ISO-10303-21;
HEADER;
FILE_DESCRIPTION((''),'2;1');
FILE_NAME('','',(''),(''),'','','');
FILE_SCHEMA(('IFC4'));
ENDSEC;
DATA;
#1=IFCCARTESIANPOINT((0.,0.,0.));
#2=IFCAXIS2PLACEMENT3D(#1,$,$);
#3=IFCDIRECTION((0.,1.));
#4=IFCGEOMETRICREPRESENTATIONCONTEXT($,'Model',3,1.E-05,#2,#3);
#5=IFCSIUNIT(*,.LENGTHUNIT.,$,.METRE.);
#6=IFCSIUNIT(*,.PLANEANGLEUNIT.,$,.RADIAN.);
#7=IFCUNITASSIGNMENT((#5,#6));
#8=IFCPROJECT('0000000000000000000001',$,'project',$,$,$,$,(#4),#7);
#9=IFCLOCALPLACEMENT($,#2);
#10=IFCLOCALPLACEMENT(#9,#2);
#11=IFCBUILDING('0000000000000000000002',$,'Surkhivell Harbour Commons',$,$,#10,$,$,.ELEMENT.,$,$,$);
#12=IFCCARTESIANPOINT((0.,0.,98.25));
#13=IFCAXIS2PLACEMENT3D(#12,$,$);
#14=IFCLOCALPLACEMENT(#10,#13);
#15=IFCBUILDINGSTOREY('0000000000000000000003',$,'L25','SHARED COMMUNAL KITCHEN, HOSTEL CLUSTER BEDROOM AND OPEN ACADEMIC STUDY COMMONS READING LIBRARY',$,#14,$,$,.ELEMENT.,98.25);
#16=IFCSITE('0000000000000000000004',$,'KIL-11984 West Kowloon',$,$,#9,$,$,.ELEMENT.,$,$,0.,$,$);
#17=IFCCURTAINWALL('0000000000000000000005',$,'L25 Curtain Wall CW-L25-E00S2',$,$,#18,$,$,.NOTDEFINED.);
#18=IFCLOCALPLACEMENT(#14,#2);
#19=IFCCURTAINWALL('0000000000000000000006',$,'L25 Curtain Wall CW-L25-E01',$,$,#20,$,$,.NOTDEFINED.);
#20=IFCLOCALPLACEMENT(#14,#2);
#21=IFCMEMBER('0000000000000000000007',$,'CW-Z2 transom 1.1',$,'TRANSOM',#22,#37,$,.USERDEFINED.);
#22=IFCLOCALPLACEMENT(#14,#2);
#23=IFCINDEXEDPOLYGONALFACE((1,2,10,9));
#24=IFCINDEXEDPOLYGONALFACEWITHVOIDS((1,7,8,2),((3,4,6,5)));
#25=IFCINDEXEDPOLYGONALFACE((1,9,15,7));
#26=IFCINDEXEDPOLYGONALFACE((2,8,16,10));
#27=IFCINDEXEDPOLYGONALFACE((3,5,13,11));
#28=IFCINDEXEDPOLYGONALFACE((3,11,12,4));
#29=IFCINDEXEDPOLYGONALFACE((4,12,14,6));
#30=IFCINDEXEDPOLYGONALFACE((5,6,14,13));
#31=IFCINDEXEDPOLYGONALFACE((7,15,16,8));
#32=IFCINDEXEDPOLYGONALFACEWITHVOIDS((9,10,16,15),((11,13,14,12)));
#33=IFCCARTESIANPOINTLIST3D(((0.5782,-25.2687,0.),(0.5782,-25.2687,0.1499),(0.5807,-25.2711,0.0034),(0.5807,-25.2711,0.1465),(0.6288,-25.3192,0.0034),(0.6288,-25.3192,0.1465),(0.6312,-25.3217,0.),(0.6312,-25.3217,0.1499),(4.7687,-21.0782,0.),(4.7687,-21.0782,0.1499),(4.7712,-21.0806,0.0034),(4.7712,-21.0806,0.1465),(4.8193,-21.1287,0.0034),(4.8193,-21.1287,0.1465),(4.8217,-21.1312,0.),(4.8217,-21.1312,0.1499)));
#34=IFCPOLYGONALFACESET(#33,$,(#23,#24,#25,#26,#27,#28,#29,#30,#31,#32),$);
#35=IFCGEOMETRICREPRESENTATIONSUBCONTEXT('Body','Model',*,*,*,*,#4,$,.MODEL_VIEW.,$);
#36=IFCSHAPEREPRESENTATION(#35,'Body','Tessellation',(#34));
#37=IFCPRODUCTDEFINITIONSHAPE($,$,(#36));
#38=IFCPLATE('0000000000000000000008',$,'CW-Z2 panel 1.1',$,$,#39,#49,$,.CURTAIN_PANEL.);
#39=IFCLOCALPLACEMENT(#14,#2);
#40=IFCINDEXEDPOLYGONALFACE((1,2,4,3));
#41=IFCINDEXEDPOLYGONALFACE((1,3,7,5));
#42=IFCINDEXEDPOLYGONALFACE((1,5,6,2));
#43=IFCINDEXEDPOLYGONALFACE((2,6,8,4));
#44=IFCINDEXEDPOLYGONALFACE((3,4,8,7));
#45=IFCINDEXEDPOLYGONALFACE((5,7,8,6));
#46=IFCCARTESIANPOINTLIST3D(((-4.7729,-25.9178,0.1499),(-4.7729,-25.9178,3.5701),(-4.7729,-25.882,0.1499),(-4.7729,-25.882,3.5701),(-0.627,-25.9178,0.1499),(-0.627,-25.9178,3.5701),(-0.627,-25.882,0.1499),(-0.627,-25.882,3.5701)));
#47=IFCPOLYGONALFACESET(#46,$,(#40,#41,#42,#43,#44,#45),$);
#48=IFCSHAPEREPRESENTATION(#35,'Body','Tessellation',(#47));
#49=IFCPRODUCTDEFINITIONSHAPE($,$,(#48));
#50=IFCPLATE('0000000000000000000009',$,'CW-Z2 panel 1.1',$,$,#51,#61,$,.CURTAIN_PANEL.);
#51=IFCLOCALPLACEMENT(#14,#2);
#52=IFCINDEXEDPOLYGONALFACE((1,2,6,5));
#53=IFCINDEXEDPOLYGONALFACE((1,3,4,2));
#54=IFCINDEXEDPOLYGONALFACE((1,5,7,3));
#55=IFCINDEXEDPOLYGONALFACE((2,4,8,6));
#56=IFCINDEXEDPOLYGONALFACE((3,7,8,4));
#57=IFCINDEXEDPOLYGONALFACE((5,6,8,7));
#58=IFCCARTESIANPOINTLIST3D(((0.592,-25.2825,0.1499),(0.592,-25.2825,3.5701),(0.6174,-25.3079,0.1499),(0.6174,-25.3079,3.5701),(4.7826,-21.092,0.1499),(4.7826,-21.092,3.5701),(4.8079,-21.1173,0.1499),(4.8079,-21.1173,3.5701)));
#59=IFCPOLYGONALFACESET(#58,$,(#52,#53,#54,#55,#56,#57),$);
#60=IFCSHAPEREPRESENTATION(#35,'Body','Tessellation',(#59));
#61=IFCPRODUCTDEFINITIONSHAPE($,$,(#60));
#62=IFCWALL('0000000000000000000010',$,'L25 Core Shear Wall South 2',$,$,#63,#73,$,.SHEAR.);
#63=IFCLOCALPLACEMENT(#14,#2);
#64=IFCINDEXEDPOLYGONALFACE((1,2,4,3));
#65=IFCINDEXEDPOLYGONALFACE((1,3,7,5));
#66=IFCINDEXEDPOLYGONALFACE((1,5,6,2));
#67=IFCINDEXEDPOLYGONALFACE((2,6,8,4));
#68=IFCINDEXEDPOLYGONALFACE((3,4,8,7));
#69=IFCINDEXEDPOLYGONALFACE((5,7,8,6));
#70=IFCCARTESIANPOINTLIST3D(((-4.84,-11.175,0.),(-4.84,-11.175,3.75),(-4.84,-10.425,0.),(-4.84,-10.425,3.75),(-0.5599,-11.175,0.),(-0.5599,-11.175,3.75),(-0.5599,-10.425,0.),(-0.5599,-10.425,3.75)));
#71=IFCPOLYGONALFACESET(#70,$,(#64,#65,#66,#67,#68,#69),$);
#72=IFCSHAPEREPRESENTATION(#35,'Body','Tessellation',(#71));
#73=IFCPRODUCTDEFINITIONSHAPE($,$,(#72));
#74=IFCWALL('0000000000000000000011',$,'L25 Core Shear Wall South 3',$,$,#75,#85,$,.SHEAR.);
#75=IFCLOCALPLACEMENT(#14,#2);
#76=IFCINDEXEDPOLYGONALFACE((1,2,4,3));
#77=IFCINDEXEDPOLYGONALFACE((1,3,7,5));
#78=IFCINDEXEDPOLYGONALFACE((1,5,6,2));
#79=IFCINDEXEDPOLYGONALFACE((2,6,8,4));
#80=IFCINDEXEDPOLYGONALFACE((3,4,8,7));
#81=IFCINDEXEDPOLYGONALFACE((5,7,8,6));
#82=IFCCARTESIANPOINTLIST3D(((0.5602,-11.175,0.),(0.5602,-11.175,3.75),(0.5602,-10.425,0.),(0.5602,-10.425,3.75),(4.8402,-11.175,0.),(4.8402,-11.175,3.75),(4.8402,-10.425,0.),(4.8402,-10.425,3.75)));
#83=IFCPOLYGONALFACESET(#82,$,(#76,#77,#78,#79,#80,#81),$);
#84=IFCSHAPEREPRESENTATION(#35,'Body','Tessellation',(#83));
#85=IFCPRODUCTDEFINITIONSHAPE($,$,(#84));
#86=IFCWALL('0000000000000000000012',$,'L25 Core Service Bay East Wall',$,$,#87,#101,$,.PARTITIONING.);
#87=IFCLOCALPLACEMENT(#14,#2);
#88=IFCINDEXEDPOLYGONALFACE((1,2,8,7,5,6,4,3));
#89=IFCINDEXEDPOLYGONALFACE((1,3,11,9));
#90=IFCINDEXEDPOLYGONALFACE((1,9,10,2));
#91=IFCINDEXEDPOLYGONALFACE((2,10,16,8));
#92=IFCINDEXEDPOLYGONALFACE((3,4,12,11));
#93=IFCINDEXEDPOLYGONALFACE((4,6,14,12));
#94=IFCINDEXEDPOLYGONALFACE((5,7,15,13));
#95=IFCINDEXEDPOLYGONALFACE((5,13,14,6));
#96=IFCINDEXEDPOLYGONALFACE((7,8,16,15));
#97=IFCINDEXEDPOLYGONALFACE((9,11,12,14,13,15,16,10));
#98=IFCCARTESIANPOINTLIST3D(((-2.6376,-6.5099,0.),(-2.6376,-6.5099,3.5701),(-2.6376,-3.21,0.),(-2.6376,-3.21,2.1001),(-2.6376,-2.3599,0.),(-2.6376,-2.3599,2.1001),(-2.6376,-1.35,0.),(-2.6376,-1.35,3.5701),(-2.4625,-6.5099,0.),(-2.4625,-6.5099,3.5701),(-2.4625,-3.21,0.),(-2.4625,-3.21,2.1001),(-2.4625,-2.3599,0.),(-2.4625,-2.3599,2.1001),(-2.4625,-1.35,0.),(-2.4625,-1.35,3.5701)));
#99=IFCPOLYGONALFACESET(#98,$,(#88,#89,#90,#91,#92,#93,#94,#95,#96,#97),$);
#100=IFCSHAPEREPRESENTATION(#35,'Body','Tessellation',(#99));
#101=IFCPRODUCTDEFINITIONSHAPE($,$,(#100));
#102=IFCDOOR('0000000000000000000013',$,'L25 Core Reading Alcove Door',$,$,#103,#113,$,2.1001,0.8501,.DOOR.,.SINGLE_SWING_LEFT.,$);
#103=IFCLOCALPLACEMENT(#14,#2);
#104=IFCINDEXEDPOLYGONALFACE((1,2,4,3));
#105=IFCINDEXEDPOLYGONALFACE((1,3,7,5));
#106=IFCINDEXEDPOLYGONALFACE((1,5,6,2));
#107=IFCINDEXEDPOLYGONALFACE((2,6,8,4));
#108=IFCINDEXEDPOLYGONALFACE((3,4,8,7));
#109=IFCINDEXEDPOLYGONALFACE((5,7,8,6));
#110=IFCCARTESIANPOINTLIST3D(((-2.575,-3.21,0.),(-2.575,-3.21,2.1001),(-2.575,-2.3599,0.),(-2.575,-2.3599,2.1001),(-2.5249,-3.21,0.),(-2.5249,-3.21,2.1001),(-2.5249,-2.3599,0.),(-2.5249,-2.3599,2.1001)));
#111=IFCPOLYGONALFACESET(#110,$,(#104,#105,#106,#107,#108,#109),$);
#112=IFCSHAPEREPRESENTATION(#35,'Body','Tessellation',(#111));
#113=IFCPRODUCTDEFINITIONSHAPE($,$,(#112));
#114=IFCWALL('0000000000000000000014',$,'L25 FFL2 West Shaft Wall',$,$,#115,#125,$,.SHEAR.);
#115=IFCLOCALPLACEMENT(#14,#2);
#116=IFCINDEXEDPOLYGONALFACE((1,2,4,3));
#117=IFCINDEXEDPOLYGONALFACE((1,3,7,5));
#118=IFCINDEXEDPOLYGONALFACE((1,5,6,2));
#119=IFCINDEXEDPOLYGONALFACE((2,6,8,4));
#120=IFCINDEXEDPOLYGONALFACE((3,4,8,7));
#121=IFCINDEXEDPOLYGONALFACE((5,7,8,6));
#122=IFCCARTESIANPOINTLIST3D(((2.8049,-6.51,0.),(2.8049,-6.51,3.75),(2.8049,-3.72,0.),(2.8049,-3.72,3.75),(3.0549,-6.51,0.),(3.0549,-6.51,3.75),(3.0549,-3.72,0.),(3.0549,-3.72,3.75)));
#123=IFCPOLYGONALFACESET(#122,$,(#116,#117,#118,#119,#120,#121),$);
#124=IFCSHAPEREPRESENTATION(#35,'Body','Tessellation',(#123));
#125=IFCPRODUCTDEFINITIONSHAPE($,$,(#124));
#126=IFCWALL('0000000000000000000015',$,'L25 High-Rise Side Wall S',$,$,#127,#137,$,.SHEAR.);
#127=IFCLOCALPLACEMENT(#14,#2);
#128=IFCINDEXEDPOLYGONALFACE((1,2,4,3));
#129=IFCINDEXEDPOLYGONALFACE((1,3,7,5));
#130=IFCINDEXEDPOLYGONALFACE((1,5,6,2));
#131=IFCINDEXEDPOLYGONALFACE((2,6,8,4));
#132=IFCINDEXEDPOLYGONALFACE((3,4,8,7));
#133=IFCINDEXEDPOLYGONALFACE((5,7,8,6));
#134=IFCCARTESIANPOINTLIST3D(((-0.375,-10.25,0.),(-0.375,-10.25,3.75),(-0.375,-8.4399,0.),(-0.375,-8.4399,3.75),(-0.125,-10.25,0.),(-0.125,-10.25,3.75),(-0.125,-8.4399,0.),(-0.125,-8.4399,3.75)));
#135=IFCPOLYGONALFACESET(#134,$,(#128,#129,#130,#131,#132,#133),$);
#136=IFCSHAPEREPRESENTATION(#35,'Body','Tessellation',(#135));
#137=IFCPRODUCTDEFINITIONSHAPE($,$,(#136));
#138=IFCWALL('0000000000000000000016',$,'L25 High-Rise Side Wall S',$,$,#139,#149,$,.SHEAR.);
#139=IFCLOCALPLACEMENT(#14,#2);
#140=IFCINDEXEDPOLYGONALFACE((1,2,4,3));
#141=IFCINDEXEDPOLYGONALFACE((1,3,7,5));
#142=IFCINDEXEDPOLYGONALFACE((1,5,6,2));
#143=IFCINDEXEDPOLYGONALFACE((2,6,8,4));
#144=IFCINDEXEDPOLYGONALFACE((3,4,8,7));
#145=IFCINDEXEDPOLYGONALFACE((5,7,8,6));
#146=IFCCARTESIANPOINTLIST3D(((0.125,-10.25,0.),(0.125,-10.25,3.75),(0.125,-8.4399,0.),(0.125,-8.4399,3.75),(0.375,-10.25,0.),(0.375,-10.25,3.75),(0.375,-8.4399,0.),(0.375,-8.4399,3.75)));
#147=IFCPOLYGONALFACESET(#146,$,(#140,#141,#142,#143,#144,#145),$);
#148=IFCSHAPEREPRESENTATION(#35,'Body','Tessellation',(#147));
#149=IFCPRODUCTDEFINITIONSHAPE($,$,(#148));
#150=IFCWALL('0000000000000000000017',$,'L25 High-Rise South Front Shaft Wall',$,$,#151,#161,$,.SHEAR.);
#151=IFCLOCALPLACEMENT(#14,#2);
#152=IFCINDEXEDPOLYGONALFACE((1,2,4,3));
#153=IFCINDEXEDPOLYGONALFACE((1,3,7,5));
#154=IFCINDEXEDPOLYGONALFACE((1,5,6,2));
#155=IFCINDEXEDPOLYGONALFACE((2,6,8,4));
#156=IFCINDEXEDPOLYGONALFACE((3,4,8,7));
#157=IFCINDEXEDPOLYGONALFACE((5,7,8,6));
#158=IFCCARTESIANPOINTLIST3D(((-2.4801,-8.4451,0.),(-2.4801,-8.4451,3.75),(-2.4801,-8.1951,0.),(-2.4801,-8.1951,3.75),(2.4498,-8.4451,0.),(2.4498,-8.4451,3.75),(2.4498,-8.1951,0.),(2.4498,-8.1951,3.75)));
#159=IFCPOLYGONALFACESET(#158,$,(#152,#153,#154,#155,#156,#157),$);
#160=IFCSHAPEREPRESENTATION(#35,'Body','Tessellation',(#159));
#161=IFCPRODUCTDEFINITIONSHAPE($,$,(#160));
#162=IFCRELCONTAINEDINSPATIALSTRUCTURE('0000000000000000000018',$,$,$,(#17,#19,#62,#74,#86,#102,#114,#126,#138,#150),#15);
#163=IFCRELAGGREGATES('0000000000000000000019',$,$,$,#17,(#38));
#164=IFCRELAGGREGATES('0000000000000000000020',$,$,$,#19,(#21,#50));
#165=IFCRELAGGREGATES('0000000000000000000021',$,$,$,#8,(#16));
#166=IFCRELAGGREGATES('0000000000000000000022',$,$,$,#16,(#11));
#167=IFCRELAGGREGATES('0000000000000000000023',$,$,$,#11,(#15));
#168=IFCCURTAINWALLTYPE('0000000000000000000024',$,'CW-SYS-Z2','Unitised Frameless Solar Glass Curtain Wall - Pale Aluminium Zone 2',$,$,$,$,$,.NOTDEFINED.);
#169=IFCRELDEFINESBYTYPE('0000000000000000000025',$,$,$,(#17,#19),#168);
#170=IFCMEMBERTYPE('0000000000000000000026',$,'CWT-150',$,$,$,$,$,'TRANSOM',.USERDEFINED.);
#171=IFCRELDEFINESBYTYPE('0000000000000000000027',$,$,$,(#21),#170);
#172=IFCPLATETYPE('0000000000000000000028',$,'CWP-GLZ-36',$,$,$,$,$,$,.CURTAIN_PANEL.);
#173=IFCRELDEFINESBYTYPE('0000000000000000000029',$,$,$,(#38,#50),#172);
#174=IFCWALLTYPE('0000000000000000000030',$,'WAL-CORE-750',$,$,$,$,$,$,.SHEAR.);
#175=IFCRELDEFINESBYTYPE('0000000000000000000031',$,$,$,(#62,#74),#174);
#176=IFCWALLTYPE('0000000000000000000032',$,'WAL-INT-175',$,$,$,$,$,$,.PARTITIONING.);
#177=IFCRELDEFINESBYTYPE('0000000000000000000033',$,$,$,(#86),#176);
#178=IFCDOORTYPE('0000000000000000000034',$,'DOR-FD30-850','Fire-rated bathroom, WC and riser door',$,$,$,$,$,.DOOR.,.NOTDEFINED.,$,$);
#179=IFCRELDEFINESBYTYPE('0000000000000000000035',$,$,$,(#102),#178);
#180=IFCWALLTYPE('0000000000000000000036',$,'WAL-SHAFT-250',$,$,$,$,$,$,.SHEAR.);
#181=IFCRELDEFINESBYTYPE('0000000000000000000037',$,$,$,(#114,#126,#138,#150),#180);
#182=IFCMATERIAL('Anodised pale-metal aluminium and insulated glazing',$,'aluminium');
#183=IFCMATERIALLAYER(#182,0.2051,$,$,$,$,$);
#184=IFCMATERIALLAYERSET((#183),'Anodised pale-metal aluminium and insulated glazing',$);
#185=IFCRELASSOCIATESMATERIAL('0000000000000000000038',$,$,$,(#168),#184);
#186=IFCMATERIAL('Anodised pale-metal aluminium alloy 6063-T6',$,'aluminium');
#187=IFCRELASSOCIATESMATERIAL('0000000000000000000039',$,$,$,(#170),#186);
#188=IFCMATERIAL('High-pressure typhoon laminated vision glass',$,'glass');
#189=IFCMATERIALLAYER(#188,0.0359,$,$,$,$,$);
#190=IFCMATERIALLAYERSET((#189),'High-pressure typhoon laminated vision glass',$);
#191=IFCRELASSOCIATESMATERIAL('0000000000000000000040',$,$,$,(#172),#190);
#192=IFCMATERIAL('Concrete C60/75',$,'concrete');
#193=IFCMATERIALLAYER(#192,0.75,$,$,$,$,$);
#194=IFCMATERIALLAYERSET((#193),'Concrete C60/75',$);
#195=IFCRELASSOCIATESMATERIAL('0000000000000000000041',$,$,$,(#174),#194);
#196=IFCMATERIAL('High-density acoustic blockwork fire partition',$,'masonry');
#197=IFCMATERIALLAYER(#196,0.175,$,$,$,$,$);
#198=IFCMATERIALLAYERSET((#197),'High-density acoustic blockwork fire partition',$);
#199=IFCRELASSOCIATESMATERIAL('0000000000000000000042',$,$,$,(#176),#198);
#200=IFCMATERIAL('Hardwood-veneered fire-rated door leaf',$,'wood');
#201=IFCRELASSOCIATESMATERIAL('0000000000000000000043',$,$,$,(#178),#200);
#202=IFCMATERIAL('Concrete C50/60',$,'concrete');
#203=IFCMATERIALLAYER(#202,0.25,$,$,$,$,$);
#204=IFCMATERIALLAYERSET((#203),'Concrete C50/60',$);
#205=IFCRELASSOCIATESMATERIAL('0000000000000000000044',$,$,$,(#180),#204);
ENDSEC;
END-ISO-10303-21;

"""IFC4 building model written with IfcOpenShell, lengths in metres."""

from ifc_helpers import new_model, si_unit, direction, frame, frame_2d, origin, origin_2d, place, context, subcontext, project, spatial, rectangle, hollow_rectangle, extrude, material, layer, layer_set, material_profile, profile_set, type_object, element, fill, aggregate, save


model = new_model("IFC4")

# Units and contexts
model_context = context("Model", 3, precision=1e-05, world=origin(), true_north=direction((0.0, 1.0)))
body_context = subcontext(model_context, "Body", "Model", "MODEL_VIEW")
ifc_project = project(units=[si_unit("LENGTHUNIT", "METRE"), si_unit("PLANEANGLEUNIT", "RADIAN")], contexts=[model_context])

# Site, building, storey
site_placement = place(None, origin())
site = spatial("IfcSite", under=ifc_project, at=site_placement, Name="KIL-11984 West Kowloon", CompositionType="ELEMENT", RefElevation=0.0)
building_placement = place(site_placement, origin())
building = spatial("IfcBuilding", under=site, at=building_placement, Name="Surkhivell Harbour Commons", CompositionType="ELEMENT")
storey_placement = place(building_placement, frame((0.0, 0.0, 98.25)))
storey = spatial("IfcBuildingStorey", under=building, at=storey_placement, Name="L25", Description="SHARED COMMUNAL KITCHEN, HOSTEL CLUSTER BEDROOM AND OPEN ACADEMIC STUDY COMMONS READING LIBRARY", CompositionType="ELEMENT", Elevation=98.25)

# Shared definitions
ifc_material_1 = material(Name="Concrete C60/75", Category="concrete")

# Curtain wall
ifc_material_2 = material(Name="Anodised pale-metal aluminium and insulated glazing", Category="aluminium")
ifc_layer_1 = layer(ifc_material_2, 0.2051)
ifc_layer_set_1 = layer_set([ifc_layer_1], Name="Anodised pale-metal aluminium and insulated glazing")
curtain_wall_type = type_object("IfcCurtainWallType", Name="CW-SYS-Z2", Description="Unitised Frameless Solar Glass Curtain Wall - Pale Aluminium Zone 2", PredefinedType="NOTDEFINED", material=ifc_layer_set_1)
curtain_wall_1_placement = place(storey_placement, origin())
curtain_wall_1 = element("IfcCurtainWall", 1, at=curtain_wall_1_placement, inside=storey, type_object=curtain_wall_type, Name="L25 Curtain Wall CW-L25-E00S2", PredefinedType="NOTDEFINED")
ifc_material_3 = material(Name="Anodised pale-metal aluminium alloy 6063-T6", Category="aluminium")

# Curtain wall
curtain_wall_2_placement = place(storey_placement, origin())
curtain_wall_2 = element("IfcCurtainWall", 2, at=curtain_wall_2_placement, inside=storey, type_object=curtain_wall_type, Name="L25 Curtain Wall CW-L25-E01", PredefinedType="NOTDEFINED")

# Member
ifc_material_profile_1 = material_profile(ifc_material_3, hollow_rectangle(XDim=0.075, YDim=0.1499, WallThickness=0.0034, at=origin_2d()), Name="ALU-TRAN-75x150")
ifc_profile_set_1 = profile_set([ifc_material_profile_1], Name="Anodised pale-metal aluminium alloy 6063-T6")
member_type_1 = type_object("IfcMemberType", Name="CWT-150", ElementType="TRANSOM", PredefinedType="USERDEFINED", material=ifc_profile_set_1)
member_1_placement = place(storey_placement, frame((0.6047, -25.2952, 0.075), z_axis=(0.707107, 0.707107, 0.0), x_axis=(-0.707107, 0.707107, 0.0)))
member_1 = element("IfcMember", 3, at=member_1_placement, type_object=member_type_1, Name="CW-Z2 transom 1.1", ObjectType="TRANSOM", PredefinedType="USERDEFINED", context=body_context, shape_type="SweptSolid", body=[
    extrude(hollow_rectangle(XDim=0.075, YDim=0.1499, WallThickness=0.0034, at=origin_2d()), origin(), (0.0, 0.0, 1.0), 5.9263),
])

# Plates
ifc_material_4 = material(Name="High-pressure typhoon laminated vision glass", Category="glass")
ifc_layer_2 = layer(ifc_material_4, 0.0359)
ifc_layer_set_2 = layer_set([ifc_layer_2], Name="High-pressure typhoon laminated vision glass")
plate_type = type_object("IfcPlateType", Name="CWP-GLZ-36", PredefinedType="CURTAIN_PANEL", material=ifc_layer_set_2)
plate_1_placement = place(storey_placement, frame((-4.7729, -25.8999, 0.1499), z_axis=(0.0, 0.0, 1.0), x_axis=(1.0, 0.0, 0.0)))
plate_1 = element("IfcPlate", 4, at=plate_1_placement, type_object=plate_type, Name="CW-Z2 panel 1.1", PredefinedType="CURTAIN_PANEL", context=body_context, shape_type="SweptSolid", body=[
    extrude(rectangle(XDim=4.146, YDim=0.0359, at=frame_2d((2.073, 0.0))), origin(), (0.0, 0.0, 1.0), 3.4202),
])
aggregate(curtain_wall_1, [plate_1])
plate_2_placement = place(storey_placement, frame((0.6047, -25.2952, 0.1499), z_axis=(0.0, 0.0, 1.0), x_axis=(0.707107, 0.707107, 0.0)))
plate_2 = element("IfcPlate", 5, at=plate_2_placement, type_object=plate_type, Name="CW-Z2 panel 1.1", PredefinedType="CURTAIN_PANEL", context=body_context, shape_type="SweptSolid", body=[
    extrude(rectangle(XDim=5.9263, YDim=0.0359, at=frame_2d((2.9631, 0.0))), origin(), (0.0, 0.0, 1.0), 3.4202),
])
aggregate(curtain_wall_2, [member_1, plate_2])

# Walls
ifc_layer_3 = layer(ifc_material_1, 0.75)
ifc_layer_set_3 = layer_set([ifc_layer_3], Name="Concrete C60/75")
wall_type_1 = type_object("IfcWallType", Name="WAL-CORE-750", PredefinedType="SHEAR", material=ifc_layer_set_3)
for number, where, z_axis, x_axis, name in (
    (6, (-4.8401, -10.8, 0.0), (0.0, 0.0, 1.0), (1.0, 0.0, 0.0), "L25 Core Shear Wall South 2"),
    (7, (0.5601, -10.8, 0.0), (0.0, 0.0, 1.0), (1.0, 0.0, 0.0), "L25 Core Shear Wall South 3"),
):
    element("IfcWall", number, at=place(storey_placement, frame(where, z_axis=z_axis, x_axis=x_axis)), inside=storey, type_object=wall_type_1, Name=name, PredefinedType="SHEAR", context=body_context, shape_type="SweptSolid", body=[
        extrude(rectangle(XDim=4.28, YDim=0.75, at=frame_2d((2.1401, 0.0))), origin(), (0.0, 0.0, 1.0), 3.75),
    ])

# Wall, opening, door
ifc_material_5 = material(Name="High-density acoustic blockwork fire partition", Category="masonry")
ifc_layer_4 = layer(ifc_material_5, 0.175)
ifc_layer_set_4 = layer_set([ifc_layer_4], Name="High-density acoustic blockwork fire partition")
wall_type_2 = type_object("IfcWallType", Name="WAL-INT-175", PredefinedType="PARTITIONING", material=ifc_layer_set_4)
wall_1_placement = place(storey_placement, frame((-2.55, -6.51, 0.0), z_axis=(0.0, 0.0, 1.0), x_axis=(0.0, 1.0, 0.0)))
wall_1 = element("IfcWall", 8, at=wall_1_placement, inside=storey, type_object=wall_type_2, Name="L25 Core Service Bay East Wall", PredefinedType="PARTITIONING", context=body_context, shape_type="SweptSolid", body=[
    extrude(rectangle(XDim=5.1599, YDim=0.175, at=frame_2d((2.5801, 0.0))), origin(), (0.0, 0.0, 1.0), 3.5701),
])
opening_1_placement = place(wall_1_placement, frame((3.3, 0.0, 0.0)))
opening_1 = element("IfcOpeningElement", 9, at=opening_1_placement, cuts=wall_1, PredefinedType="OPENING", context=body_context, shape_type="SweptSolid", body=[
    extrude(rectangle(XDim=0.8501, YDim=2.1001, at=frame_2d((0.425, 1.05))), frame((0.0, 0.0974, 0.0), z_axis=(0.0, -1.0, 0.0), x_axis=(1.0, 0.0, 0.0)), (0.0, 0.0, 1.0), 0.1951),
])
ifc_material_6 = material(Name="Hardwood-veneered fire-rated door leaf", Category="wood")
door_type_1 = type_object("IfcDoorType", Name="DOR-FD30-850", Description="Fire-rated bathroom, WC and riser door", OperationType="NOTDEFINED", PredefinedType="DOOR", material=ifc_material_6)
door_1_placement = place(opening_1_placement, origin())
door_1 = element("IfcDoor", 10, at=door_1_placement, inside=storey, type_object=door_type_1, Name="L25 Core Reading Alcove Door", OperationType="SINGLE_SWING_LEFT", OverallHeight=2.1001, OverallWidth=0.8501, PredefinedType="DOOR", context=body_context, shape_type="SweptSolid", body=[
    extrude(rectangle(XDim=0.8501, YDim=2.1001, at=frame_2d((0.425, 1.05))), frame((0.0, 0.0249, 0.0), z_axis=(0.0, -1.0, 0.0), x_axis=(1.0, 0.0, 0.0)), (0.0, 0.0, 1.0), 0.05),
])
fill(opening_1, door_1)

# Walls
ifc_material_7 = material(Name="Concrete C50/60", Category="concrete")
ifc_layer_5 = layer(ifc_material_7, 0.25)
ifc_layer_set_5 = layer_set([ifc_layer_5], Name="Concrete C50/60")
wall_type_3 = type_object("IfcWallType", Name="WAL-SHAFT-250", PredefinedType="SHEAR", material=ifc_layer_set_5)
wall_2_placement = place(storey_placement, frame((2.9299, -6.51, 0.0), z_axis=(0.0, 0.0, 1.0), x_axis=(0.0, 1.0, 0.0)))
element("IfcWall", 11, at=wall_2_placement, inside=storey, type_object=wall_type_3, Name="L25 FFL2 West Shaft Wall", PredefinedType="SHEAR", context=body_context, shape_type="SweptSolid", body=[
    extrude(rectangle(XDim=2.79, YDim=0.25, at=frame_2d((1.395, 0.0))), origin(), (0.0, 0.0, 1.0), 3.75),
])
for number, where, z_axis, x_axis, name in (
    (12, (-0.25, -10.25, 0.0), (0.0, 0.0, 1.0), (0.0, 1.0, 0.0), "L25 High-Rise Side Wall S"),
    (13, (0.25, -10.25, 0.0), (0.0, 0.0, 1.0), (0.0, 1.0, 0.0), "L25 High-Rise Side Wall S"),
):
    element("IfcWall", number, at=place(storey_placement, frame(where, z_axis=z_axis, x_axis=x_axis)), inside=storey, type_object=wall_type_3, Name=name, PredefinedType="SHEAR", context=body_context, shape_type="SweptSolid", body=[
        extrude(rectangle(XDim=1.8101, YDim=0.25, at=frame_2d((0.905, 0.0))), origin(), (0.0, 0.0, 1.0), 3.75),
    ])
wall_3_placement = place(storey_placement, frame((-2.48, -8.3201, 0.0), z_axis=(0.0, 0.0, 1.0), x_axis=(1.0, 0.0, 0.0)))
element("IfcWall", 14, at=wall_3_placement, inside=storey, type_object=wall_type_3, Name="L25 High-Rise South Front Shaft Wall", PredefinedType="SHEAR", context=body_context, shape_type="SweptSolid", body=[
    extrude(rectangle(XDim=4.9299, YDim=0.25, at=frame_2d((2.4648, 0.0))), origin(), (0.0, 0.0, 1.0), 3.75),
])

save(model, "model.ifc")
